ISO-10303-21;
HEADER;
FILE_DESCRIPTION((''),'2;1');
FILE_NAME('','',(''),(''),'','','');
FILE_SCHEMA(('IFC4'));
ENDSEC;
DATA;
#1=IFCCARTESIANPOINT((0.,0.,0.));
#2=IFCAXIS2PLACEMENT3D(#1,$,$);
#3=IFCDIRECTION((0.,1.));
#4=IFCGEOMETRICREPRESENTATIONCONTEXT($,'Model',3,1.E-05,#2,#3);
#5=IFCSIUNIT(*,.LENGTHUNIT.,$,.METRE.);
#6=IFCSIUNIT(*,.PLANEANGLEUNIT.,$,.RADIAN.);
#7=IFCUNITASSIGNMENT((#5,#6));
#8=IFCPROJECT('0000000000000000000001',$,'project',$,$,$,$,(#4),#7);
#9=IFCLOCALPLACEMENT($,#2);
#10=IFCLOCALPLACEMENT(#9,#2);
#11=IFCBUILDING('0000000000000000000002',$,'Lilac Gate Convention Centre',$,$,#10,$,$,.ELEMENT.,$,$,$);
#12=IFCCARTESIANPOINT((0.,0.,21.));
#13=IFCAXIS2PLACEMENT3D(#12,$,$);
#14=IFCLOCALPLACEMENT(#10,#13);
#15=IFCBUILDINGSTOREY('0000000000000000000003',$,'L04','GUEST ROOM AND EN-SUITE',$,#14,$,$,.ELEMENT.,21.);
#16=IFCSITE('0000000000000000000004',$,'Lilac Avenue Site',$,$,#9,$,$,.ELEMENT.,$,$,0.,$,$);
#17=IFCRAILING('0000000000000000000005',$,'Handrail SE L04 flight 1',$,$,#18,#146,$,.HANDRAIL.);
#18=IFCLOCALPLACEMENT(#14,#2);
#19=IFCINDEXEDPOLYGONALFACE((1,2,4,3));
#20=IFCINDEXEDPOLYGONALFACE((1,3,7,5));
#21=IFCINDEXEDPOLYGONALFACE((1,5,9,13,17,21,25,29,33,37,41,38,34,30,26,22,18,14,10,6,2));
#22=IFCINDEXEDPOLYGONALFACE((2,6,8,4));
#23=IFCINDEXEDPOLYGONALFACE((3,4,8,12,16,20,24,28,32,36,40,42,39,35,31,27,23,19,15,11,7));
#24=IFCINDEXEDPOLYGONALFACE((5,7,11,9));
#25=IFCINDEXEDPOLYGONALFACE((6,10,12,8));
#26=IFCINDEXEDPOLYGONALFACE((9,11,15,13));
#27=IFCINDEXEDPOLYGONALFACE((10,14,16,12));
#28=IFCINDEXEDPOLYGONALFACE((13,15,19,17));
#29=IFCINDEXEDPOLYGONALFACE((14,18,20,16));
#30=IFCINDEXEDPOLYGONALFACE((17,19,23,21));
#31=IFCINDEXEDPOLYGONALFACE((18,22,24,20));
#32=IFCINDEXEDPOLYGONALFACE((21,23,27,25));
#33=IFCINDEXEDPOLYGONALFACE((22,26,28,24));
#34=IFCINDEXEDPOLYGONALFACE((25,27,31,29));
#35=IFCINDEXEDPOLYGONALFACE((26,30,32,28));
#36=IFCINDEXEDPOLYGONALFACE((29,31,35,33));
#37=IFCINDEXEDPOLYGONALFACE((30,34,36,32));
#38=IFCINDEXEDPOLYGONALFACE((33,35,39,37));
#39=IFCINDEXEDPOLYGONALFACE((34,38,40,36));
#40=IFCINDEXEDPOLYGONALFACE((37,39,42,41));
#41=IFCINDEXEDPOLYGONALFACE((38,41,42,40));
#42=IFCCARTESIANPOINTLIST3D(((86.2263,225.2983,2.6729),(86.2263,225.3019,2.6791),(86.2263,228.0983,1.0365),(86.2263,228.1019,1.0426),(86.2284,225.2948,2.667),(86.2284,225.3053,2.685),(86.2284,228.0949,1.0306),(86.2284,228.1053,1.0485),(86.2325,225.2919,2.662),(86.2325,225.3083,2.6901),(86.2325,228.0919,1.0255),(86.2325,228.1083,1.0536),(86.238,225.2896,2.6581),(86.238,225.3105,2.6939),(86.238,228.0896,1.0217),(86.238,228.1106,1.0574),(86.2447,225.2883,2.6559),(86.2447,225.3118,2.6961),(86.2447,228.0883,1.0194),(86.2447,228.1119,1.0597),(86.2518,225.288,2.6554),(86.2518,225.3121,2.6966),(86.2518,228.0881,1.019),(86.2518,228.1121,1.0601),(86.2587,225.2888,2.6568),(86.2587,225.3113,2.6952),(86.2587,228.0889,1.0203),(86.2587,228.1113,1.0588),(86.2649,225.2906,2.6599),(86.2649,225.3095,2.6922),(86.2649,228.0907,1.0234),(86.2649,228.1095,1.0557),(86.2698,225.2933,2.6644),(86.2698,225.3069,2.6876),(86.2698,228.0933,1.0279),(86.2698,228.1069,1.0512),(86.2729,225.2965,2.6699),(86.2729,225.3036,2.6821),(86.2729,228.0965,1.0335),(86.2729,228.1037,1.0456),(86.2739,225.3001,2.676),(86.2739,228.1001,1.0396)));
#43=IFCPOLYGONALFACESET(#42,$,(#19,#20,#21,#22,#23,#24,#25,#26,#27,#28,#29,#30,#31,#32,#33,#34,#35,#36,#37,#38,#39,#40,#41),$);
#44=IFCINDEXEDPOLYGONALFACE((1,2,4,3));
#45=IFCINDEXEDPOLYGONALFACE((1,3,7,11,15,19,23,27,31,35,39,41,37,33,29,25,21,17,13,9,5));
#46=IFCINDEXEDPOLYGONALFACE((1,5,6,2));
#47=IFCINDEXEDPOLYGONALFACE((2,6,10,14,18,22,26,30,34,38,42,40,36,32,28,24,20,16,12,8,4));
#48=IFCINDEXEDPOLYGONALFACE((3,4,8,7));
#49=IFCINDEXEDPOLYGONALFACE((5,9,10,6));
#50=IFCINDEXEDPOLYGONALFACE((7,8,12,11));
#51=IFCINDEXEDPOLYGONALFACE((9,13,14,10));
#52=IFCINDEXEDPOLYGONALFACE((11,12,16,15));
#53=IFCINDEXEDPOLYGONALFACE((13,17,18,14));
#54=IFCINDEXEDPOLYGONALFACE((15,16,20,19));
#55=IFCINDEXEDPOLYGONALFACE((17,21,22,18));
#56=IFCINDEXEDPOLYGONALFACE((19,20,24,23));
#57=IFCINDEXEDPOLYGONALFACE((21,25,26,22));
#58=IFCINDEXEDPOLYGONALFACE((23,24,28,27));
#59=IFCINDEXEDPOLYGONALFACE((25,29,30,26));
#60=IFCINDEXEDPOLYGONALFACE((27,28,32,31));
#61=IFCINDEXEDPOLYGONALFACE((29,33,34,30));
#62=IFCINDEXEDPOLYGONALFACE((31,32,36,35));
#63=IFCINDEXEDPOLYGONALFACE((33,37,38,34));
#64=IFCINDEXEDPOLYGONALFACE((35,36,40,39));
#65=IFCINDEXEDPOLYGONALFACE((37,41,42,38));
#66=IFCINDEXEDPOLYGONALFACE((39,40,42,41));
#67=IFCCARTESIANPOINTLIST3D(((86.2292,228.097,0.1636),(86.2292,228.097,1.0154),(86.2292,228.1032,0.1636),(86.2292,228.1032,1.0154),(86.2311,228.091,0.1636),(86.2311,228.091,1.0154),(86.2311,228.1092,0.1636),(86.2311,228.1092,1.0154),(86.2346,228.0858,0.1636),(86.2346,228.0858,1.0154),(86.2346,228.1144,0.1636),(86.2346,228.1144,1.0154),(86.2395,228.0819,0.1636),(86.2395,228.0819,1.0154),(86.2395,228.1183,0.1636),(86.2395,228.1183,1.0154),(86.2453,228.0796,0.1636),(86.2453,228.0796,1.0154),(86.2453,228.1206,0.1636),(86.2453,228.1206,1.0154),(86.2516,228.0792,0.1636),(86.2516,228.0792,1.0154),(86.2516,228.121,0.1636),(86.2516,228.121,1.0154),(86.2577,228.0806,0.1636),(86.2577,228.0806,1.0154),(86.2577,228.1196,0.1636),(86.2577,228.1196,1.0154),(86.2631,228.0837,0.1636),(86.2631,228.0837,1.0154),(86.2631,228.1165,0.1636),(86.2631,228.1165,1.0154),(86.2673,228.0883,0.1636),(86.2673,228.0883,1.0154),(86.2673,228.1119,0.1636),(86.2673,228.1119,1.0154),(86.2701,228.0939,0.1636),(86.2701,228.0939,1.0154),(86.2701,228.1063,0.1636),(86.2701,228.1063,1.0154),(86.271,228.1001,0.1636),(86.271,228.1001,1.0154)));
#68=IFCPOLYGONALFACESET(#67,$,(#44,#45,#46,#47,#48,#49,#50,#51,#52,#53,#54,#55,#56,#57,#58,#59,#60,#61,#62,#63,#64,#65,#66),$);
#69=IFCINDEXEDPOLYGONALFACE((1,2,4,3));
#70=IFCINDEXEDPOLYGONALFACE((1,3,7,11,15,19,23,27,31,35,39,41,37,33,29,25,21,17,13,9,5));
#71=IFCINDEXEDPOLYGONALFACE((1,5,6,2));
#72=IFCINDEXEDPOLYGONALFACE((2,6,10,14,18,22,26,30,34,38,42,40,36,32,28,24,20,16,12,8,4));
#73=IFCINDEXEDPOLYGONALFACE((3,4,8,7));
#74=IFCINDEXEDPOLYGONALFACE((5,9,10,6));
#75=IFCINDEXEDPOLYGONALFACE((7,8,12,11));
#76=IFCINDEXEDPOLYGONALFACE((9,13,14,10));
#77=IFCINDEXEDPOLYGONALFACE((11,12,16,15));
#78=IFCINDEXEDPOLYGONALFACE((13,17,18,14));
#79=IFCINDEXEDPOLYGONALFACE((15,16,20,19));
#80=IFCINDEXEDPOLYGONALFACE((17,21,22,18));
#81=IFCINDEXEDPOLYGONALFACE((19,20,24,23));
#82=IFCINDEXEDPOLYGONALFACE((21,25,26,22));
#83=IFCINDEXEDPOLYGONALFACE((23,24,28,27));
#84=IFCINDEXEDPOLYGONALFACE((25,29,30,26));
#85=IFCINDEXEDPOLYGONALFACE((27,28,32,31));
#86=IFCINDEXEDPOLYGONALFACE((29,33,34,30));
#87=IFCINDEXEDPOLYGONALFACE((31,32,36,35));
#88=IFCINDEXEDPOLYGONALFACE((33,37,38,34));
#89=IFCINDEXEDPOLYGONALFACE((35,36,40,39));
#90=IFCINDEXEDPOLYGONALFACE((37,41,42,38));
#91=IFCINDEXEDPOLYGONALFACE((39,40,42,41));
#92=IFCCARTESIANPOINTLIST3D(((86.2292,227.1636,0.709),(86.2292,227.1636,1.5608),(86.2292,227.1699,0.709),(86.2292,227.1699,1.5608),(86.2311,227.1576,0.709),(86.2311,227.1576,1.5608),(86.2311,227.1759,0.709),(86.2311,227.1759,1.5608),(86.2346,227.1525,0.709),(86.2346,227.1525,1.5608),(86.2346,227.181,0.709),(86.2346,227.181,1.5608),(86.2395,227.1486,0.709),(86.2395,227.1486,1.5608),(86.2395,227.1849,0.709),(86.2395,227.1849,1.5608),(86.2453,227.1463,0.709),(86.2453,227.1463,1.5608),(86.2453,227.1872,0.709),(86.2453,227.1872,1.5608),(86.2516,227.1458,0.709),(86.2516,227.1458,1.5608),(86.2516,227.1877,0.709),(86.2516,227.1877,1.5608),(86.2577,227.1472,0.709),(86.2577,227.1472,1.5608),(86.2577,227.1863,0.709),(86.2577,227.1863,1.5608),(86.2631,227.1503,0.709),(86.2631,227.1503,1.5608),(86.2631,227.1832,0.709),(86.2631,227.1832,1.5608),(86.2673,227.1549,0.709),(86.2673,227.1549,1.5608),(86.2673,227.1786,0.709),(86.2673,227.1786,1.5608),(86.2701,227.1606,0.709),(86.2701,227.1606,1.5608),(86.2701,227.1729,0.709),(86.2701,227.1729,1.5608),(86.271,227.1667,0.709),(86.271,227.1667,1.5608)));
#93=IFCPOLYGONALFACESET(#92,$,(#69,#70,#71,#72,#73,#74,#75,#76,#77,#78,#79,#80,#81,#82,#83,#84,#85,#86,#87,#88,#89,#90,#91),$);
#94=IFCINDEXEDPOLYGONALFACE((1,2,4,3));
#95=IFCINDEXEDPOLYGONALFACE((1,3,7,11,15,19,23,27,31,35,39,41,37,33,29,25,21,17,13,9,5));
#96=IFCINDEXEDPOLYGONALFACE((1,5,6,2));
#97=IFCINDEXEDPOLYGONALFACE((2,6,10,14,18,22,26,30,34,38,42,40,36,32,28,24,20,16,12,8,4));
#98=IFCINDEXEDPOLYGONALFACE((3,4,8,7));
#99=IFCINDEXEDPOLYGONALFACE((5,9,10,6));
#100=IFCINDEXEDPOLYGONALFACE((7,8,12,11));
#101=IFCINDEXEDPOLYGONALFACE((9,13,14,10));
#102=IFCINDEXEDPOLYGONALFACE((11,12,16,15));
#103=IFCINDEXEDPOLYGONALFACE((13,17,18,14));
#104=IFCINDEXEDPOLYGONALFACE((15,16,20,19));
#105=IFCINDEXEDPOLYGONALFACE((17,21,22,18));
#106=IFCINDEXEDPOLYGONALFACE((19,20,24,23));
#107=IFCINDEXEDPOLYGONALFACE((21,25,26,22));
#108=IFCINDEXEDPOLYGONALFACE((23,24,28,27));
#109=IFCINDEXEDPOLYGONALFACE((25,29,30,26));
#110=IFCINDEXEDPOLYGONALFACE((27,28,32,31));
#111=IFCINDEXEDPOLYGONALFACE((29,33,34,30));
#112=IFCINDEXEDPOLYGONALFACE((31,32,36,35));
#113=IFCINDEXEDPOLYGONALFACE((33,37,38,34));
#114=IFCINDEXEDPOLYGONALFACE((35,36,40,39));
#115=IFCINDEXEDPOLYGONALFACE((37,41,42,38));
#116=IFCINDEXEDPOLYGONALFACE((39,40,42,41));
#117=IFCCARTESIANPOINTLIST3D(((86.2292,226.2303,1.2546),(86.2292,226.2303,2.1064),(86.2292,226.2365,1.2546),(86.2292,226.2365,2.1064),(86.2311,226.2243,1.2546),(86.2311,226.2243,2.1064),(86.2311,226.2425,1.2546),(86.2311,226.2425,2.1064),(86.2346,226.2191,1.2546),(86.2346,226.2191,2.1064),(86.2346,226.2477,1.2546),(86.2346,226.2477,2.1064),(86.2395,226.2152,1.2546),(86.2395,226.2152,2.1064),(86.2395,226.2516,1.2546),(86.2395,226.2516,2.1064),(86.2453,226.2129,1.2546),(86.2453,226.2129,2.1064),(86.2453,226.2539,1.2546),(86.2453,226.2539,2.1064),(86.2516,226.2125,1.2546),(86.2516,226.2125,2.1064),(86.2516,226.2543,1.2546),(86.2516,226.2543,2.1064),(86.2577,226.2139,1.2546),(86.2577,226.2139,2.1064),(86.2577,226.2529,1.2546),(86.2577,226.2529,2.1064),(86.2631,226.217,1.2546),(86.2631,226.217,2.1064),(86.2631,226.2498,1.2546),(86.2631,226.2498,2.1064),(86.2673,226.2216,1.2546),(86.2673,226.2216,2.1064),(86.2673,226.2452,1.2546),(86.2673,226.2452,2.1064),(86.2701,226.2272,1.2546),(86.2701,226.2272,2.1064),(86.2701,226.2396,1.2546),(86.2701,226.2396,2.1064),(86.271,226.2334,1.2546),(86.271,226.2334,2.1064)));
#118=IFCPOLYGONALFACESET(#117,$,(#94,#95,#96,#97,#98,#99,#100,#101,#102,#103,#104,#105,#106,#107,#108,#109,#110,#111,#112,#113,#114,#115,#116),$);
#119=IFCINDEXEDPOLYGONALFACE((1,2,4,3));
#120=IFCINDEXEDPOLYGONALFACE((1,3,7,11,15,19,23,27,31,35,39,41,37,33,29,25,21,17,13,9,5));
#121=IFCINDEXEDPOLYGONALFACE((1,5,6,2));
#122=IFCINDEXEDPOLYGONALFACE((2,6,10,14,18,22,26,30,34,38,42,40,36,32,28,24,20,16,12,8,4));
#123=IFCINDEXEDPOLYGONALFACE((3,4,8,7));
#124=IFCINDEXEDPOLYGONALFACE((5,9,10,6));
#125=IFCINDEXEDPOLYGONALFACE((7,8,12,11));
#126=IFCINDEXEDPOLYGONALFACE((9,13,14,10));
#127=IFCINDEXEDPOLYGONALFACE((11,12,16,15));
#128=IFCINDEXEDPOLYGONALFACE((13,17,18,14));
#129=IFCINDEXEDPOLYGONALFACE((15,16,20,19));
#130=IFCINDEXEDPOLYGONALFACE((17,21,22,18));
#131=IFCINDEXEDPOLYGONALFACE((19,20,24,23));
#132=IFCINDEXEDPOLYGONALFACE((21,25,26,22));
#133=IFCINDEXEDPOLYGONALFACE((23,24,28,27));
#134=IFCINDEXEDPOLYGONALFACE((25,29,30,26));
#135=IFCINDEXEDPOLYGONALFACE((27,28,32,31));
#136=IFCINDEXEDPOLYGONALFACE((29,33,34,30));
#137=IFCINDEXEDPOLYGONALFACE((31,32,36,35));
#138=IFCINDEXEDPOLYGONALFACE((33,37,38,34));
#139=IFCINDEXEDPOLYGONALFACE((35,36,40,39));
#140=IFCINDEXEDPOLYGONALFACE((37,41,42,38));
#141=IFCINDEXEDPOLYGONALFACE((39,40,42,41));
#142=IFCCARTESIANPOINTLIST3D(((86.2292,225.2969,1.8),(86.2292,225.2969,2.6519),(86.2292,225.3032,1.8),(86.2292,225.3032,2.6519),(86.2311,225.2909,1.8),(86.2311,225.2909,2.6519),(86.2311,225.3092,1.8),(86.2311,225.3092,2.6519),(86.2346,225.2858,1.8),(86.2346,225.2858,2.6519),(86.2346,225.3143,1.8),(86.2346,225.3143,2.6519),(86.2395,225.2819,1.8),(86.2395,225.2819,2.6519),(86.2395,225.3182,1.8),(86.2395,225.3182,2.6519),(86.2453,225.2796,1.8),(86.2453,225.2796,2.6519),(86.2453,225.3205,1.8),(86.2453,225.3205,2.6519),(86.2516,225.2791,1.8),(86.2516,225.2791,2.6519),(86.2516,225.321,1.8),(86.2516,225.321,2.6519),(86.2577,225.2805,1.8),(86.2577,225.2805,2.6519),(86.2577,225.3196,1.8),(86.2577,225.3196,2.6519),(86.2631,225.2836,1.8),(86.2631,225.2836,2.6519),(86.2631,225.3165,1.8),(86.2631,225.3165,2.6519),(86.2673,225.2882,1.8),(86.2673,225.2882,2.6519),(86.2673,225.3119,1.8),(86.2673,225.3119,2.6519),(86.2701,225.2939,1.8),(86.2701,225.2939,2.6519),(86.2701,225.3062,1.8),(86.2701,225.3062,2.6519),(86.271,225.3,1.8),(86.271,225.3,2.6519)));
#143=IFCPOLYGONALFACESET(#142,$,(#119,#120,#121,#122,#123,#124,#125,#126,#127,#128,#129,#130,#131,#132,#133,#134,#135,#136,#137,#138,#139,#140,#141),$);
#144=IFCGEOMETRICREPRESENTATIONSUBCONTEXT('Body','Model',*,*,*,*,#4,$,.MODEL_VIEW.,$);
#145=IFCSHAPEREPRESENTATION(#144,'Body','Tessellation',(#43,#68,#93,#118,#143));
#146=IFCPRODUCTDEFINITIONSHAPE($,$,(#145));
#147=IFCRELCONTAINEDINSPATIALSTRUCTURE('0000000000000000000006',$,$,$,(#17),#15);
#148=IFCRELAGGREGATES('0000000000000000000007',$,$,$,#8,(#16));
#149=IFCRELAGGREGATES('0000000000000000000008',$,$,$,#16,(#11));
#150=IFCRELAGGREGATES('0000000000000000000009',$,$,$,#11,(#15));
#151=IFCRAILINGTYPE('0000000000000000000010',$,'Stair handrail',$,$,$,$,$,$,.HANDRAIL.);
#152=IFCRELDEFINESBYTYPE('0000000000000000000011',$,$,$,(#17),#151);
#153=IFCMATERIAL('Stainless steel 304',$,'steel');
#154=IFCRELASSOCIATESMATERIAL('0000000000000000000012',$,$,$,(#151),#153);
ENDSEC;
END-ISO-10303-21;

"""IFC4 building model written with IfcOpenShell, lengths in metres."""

from ifc_helpers import new_model, si_unit, direction, frame, origin, origin_2d, place, context, subcontext, project, spatial, circle, extrude, material, type_object, element, save


model = new_model("IFC4")

# Units and contexts
model_context = context("Model", 3, precision=1e-05, world=origin(), true_north=direction((0.0, 1.0)))
body_context = subcontext(model_context, "Body", "Model", "MODEL_VIEW")
ifc_project = project(units=[si_unit("LENGTHUNIT", "METRE"), si_unit("PLANEANGLEUNIT", "RADIAN")], contexts=[model_context])

# Site, building, storey
site_placement = place(None, origin())
site = spatial("IfcSite", under=ifc_project, at=site_placement, Name="Lilac Avenue Site", CompositionType="ELEMENT", RefElevation=0.0)
building_placement = place(site_placement, origin())
building = spatial("IfcBuilding", under=site, at=building_placement, Name="Lilac Gate Convention Centre", CompositionType="ELEMENT")
storey_placement = place(building_placement, frame((0.0, 0.0, 21.0)))
storey = spatial("IfcBuildingStorey", under=building, at=storey_placement, Name="L04", Description="GUEST ROOM AND EN-SUITE", CompositionType="ELEMENT", Elevation=21.0)

# Railing
ifc_material_1 = material(Name="Stainless steel 304", Category="steel")
railing_type = type_object("IfcRailingType", Name="Stair handrail", PredefinedType="HANDRAIL", material=ifc_material_1)
for number, where, name in (
    (1, (86.25, 228.1001, 0.1636), "Handrail SE L04 flight 1"),
):
    element("IfcRailing", number, at=place(storey_placement, frame(where)), inside=storey, type_object=railing_type, Name=name, PredefinedType="HANDRAIL", context=body_context, shape_type="SweptSolid", body=[
        extrude(circle(Radius=0.0239, at=origin_2d()), frame((0.0, 0.0, 0.876), z_axis=(0.0, -0.863361, 0.504587), x_axis=(1.0, 0.0, 0.0)), (0.0, 0.0, 1.0), 3.2432),
        extrude(circle(Radius=0.021, at=origin_2d()), origin(), (0.0, 0.0, 1.0), 0.8518),
        extrude(circle(Radius=0.021, at=origin_2d()), frame((0.0, -0.9333, 0.5454)), (0.0, 0.0, 1.0), 0.8518),
        extrude(circle(Radius=0.021, at=origin_2d()), frame((0.0, -1.8667, 1.0911)), (0.0, 0.0, 1.0), 0.8518),
        extrude(circle(Radius=0.021, at=origin_2d()), frame((0.0, -2.8, 1.6365)), (0.0, 0.0, 1.0), 0.8518),
    ])

save(model, "model.ifc")
